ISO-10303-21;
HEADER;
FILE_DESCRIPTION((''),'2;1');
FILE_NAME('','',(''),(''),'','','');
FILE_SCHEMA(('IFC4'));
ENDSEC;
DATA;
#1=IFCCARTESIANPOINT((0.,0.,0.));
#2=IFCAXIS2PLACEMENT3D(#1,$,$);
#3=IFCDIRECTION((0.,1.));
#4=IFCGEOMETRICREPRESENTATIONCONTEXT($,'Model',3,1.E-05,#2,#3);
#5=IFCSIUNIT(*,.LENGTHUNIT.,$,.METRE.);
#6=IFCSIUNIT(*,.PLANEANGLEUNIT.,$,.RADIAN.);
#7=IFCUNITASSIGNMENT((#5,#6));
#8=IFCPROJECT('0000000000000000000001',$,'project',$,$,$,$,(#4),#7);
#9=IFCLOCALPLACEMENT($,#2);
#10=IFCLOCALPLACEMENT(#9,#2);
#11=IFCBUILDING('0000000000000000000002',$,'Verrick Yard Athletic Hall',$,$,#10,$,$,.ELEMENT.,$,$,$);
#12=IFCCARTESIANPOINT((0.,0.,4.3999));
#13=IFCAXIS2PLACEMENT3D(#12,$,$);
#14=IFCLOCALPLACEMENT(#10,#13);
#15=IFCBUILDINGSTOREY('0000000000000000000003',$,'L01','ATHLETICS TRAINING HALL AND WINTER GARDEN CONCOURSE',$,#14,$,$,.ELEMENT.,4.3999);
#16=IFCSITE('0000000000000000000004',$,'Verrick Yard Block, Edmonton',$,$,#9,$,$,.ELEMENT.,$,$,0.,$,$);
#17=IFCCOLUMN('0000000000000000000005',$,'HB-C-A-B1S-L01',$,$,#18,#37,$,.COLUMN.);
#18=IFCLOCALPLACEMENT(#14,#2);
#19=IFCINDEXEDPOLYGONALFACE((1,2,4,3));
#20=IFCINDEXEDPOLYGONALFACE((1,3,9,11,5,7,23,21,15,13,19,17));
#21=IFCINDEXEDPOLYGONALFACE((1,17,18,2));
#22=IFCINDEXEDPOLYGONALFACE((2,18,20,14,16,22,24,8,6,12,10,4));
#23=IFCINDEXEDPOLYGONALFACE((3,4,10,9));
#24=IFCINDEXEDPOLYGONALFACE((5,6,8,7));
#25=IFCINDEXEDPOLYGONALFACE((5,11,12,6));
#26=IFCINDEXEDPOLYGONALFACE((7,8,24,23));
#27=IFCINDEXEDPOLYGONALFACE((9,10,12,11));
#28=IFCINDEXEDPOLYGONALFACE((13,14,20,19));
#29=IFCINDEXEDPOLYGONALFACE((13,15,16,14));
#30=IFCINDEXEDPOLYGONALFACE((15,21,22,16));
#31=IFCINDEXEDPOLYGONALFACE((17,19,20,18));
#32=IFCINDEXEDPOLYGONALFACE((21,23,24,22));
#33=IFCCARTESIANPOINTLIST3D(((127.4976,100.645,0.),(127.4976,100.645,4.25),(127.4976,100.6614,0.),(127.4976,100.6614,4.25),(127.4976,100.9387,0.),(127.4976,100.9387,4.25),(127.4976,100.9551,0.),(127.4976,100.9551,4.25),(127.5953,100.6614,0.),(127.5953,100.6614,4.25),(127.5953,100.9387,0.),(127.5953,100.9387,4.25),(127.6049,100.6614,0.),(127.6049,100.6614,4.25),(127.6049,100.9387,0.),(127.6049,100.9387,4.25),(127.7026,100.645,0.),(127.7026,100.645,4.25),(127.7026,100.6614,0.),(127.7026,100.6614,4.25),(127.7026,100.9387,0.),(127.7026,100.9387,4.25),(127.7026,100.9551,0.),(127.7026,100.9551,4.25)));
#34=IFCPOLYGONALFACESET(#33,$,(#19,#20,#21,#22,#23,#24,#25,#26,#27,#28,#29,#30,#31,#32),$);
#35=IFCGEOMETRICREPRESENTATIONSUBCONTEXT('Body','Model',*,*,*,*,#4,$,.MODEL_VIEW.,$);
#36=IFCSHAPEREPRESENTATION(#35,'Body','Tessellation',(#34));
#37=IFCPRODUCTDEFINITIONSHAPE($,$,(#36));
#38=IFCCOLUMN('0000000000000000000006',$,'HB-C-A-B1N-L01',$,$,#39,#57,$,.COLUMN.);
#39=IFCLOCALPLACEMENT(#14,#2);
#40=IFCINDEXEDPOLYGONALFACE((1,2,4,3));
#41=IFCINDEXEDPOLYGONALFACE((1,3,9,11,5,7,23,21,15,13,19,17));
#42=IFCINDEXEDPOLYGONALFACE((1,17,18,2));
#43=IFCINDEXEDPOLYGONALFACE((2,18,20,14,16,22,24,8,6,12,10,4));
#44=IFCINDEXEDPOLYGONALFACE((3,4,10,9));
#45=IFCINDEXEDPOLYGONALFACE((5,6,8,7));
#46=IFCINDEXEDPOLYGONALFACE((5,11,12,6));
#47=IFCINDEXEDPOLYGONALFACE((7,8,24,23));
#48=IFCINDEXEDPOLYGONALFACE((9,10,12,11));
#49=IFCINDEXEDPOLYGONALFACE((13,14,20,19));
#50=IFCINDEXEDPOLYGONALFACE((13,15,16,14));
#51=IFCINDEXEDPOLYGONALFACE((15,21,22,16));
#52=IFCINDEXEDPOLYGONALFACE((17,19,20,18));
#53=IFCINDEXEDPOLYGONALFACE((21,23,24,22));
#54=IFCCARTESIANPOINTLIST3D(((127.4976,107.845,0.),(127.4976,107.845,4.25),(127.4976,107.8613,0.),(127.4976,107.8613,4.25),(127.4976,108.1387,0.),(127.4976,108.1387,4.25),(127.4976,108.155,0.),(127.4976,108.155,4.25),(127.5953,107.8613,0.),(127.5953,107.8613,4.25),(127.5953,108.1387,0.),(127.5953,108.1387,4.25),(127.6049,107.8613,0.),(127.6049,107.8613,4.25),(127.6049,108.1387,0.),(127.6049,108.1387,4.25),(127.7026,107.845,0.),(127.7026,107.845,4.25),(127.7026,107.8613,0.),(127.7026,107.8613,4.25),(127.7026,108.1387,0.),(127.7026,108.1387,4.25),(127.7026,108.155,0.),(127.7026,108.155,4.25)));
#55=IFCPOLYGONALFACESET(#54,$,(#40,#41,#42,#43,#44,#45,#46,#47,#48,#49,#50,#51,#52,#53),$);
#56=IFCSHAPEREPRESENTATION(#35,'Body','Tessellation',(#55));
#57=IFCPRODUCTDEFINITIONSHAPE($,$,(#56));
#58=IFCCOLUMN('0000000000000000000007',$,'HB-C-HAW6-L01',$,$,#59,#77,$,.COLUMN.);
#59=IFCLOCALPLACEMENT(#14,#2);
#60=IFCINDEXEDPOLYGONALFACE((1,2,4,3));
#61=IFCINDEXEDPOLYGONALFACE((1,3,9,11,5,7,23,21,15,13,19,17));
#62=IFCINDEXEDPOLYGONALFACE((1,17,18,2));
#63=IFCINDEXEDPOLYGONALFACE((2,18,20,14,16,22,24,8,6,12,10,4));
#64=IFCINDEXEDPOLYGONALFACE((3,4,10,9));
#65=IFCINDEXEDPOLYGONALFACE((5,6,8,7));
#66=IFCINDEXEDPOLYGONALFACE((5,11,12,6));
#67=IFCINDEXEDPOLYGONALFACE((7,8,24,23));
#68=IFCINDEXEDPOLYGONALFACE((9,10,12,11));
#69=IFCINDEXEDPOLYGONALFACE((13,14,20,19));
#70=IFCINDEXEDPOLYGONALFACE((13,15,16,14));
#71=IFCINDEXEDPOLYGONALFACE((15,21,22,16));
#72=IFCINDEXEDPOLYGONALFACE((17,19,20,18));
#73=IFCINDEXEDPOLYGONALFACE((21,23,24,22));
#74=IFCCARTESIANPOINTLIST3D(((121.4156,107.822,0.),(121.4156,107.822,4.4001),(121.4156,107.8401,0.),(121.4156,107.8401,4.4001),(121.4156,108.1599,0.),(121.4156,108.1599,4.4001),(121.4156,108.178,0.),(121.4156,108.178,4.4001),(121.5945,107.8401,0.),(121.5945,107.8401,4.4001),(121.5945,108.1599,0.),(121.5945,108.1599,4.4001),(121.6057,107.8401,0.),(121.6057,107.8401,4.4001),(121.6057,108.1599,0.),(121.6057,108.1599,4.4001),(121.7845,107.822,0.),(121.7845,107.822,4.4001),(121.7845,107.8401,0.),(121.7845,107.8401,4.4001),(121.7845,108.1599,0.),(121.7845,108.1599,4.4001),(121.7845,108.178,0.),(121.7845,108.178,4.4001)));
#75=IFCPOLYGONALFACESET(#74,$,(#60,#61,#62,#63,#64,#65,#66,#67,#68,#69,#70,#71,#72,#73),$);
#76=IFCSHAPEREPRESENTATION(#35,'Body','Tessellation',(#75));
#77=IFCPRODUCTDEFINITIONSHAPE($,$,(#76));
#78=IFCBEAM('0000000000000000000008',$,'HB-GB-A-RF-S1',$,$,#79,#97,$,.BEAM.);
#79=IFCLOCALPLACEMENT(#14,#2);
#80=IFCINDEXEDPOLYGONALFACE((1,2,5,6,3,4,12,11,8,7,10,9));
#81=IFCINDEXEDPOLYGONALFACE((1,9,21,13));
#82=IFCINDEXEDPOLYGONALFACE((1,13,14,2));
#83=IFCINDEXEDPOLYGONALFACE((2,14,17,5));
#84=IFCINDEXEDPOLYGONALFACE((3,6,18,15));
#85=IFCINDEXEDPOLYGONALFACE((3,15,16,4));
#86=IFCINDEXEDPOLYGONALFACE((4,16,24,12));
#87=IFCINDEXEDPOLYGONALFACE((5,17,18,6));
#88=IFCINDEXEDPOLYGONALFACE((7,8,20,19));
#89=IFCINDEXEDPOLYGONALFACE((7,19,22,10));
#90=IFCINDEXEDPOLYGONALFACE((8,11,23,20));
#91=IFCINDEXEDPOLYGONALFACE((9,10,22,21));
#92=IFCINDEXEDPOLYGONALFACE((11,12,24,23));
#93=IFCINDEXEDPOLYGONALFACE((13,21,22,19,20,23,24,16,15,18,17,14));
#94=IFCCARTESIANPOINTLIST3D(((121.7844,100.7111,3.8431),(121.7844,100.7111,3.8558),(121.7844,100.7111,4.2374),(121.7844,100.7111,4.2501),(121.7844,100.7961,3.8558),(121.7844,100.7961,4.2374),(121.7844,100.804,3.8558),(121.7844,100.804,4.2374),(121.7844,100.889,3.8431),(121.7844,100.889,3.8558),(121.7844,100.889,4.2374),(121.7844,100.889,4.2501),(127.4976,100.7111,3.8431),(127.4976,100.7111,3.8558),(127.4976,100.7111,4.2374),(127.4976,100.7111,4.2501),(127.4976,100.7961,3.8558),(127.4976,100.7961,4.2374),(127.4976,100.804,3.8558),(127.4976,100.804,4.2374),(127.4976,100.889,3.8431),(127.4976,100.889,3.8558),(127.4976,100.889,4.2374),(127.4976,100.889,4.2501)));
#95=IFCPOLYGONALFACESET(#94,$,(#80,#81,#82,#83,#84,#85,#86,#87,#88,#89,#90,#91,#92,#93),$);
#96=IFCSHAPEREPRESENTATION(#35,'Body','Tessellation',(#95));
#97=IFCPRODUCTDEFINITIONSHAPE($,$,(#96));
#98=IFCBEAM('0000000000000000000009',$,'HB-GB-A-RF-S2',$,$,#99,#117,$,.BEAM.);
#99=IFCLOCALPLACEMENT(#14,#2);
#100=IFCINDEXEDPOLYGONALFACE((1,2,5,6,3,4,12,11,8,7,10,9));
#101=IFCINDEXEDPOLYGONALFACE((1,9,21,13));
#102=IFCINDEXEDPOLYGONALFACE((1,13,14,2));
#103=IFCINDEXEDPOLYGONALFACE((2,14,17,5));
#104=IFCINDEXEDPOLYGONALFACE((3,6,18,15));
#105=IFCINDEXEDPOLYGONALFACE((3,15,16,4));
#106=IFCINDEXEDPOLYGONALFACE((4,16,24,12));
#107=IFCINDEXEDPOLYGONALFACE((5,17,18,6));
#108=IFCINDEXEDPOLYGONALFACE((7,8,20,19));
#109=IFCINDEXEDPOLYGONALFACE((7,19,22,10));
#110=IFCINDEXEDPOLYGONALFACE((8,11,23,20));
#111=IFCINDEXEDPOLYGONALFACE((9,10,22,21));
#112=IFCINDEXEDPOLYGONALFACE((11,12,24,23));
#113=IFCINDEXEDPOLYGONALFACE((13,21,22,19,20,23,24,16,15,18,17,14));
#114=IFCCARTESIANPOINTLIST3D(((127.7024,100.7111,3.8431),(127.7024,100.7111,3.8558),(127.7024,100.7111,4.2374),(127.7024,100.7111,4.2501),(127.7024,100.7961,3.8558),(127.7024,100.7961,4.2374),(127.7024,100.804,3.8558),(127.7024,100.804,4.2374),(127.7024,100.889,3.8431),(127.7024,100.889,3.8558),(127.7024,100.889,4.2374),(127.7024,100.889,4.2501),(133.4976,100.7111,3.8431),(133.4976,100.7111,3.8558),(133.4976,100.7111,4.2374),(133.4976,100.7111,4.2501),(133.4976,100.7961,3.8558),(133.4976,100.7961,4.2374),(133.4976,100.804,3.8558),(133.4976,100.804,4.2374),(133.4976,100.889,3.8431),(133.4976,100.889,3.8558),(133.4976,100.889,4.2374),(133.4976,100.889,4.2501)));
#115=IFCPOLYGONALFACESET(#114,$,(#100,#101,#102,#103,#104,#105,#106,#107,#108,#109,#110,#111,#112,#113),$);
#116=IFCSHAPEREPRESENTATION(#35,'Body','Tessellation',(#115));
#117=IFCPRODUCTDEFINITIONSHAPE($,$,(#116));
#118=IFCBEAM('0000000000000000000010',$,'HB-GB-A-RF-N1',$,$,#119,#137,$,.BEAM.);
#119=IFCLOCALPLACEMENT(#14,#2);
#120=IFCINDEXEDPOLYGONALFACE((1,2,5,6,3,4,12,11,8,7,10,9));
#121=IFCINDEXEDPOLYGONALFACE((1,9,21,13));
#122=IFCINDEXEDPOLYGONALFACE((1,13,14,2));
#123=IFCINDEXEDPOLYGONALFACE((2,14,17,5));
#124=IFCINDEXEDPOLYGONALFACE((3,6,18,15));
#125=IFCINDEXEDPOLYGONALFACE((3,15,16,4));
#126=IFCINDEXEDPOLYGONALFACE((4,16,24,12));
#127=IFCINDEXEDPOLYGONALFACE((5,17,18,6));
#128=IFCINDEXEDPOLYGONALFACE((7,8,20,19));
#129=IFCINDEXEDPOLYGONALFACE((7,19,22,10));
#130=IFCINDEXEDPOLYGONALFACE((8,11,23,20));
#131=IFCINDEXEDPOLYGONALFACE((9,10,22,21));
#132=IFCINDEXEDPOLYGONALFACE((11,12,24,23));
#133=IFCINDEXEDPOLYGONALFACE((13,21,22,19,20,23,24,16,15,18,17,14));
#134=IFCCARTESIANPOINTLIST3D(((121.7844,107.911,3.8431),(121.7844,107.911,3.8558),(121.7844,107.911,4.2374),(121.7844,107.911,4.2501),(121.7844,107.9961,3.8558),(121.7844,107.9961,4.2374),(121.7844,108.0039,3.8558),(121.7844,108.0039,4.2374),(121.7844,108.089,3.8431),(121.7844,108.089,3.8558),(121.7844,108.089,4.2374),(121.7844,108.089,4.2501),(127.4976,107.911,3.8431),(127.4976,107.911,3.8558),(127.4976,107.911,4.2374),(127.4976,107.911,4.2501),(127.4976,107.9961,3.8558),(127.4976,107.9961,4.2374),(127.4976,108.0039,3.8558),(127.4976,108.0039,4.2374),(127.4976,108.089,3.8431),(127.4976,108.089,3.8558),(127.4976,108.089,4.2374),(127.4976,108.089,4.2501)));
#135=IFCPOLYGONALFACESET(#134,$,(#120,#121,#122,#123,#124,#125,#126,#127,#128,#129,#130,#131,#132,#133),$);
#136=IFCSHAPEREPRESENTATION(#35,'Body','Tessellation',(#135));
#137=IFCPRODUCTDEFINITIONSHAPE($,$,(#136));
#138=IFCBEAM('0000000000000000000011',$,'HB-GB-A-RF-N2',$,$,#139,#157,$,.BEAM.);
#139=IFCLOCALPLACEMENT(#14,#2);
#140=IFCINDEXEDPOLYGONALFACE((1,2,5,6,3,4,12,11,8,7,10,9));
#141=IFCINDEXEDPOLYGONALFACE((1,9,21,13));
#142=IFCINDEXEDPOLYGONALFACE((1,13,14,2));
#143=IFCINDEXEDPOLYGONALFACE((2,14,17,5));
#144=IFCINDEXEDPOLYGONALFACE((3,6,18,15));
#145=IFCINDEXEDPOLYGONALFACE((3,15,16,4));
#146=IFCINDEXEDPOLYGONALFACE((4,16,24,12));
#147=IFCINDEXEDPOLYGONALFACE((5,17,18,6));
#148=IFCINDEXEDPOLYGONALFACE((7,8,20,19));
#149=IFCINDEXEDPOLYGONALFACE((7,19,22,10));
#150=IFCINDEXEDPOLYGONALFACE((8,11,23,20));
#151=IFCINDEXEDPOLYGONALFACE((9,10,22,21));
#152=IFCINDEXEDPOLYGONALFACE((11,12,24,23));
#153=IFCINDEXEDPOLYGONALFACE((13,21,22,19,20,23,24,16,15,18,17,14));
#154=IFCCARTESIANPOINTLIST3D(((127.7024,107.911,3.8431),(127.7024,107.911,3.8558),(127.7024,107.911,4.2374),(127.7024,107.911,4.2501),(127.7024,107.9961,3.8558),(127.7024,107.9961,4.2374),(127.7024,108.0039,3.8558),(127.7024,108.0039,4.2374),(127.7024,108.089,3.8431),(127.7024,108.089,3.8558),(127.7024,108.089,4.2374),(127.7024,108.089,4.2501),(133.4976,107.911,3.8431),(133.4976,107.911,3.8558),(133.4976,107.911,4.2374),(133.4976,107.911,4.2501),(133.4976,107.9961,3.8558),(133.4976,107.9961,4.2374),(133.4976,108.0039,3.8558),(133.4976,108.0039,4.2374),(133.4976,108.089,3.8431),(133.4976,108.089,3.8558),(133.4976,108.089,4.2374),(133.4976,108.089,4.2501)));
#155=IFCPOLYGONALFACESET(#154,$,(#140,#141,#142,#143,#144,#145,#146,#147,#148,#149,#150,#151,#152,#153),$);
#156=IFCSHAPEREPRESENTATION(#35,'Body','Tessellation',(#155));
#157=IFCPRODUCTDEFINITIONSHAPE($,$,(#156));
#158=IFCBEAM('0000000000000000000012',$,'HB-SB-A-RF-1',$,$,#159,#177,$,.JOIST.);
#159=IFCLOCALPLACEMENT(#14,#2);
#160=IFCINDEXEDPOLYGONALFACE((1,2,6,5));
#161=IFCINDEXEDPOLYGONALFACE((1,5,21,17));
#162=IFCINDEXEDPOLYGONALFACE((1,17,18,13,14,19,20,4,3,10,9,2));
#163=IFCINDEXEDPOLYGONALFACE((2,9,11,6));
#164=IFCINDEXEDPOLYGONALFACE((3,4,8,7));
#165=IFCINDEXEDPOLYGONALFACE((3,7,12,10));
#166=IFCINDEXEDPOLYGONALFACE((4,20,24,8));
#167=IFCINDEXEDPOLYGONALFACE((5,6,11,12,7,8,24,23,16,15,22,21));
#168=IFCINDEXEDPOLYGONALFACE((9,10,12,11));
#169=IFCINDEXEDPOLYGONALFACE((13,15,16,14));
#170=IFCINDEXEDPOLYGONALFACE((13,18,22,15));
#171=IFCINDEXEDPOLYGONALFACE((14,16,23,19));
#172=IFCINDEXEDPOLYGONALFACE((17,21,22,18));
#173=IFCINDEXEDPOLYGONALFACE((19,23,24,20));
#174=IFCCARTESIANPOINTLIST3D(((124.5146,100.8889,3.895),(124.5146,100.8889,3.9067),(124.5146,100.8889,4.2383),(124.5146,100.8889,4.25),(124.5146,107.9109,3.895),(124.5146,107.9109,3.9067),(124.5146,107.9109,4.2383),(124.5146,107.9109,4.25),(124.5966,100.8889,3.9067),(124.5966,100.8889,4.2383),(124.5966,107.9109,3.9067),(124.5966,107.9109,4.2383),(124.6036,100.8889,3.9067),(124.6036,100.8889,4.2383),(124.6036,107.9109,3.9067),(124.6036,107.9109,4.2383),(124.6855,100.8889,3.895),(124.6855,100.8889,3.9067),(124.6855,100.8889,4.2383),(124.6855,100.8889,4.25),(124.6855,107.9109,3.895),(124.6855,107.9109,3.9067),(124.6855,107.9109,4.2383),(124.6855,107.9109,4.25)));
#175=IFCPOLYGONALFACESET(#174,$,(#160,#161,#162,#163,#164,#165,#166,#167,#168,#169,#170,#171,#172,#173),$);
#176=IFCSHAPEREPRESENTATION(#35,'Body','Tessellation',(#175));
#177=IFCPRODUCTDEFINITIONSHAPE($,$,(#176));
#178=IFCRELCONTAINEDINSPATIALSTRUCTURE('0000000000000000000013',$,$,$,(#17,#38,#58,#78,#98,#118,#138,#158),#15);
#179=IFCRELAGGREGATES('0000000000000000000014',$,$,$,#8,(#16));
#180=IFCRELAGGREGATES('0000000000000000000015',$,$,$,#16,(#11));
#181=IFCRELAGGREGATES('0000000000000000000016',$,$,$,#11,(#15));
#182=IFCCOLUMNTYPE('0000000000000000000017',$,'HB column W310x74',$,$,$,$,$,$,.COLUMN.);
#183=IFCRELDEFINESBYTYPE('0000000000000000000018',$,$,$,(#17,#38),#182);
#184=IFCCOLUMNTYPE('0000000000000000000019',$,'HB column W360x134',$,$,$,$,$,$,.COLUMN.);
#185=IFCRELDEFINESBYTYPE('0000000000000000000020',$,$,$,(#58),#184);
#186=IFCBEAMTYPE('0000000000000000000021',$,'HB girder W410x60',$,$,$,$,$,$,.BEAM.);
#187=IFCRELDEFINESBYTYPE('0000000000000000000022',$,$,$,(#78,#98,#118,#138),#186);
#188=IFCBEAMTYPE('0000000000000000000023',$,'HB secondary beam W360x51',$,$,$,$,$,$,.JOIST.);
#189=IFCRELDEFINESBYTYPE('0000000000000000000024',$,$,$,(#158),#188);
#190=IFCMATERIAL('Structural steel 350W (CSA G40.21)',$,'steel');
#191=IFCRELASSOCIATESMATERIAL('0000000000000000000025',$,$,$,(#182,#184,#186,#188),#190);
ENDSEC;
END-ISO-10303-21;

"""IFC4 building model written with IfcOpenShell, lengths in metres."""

from ifc_helpers import new_model, si_unit, direction, frame, origin, origin_2d, place, context, subcontext, project, spatial, i_section, extrude, material, material_profile, profile_set, type_object, element, save


model = new_model("IFC4")

# Units and contexts
model_context = context("Model", 3, precision=1e-05, world=origin(), true_north=direction((0.0, 1.0)))
body_context = subcontext(model_context, "Body", "Model", "MODEL_VIEW")
ifc_project = project(units=[si_unit("LENGTHUNIT", "METRE"), si_unit("PLANEANGLEUNIT", "RADIAN")], contexts=[model_context])

# Site, building, storey
site_placement = place(None, origin())
site = spatial("IfcSite", under=ifc_project, at=site_placement, Name="Verrick Yard Block, Edmonton", CompositionType="ELEMENT", RefElevation=0.0)
building_placement = place(site_placement, origin())
building = spatial("IfcBuilding", under=site, at=building_placement, Name="Verrick Yard Athletic Hall", CompositionType="ELEMENT")
storey_placement = place(building_placement, frame((0.0, 0.0, 4.3999)))
storey = spatial("IfcBuildingStorey", under=building, at=storey_placement, Name="L01", Description="ATHLETICS TRAINING HALL AND WINTER GARDEN CONCOURSE", CompositionType="ELEMENT", Elevation=4.3999)

# Columns
ifc_material_1 = material(Name="Structural steel 350W (CSA G40.21)", Category="steel")
ifc_material_profile_1 = material_profile(ifc_material_1, i_section(OverallWidth=0.2051, OverallDepth=0.3101, WebThickness=0.0095, FlangeThickness=0.0164, at=origin_2d()), Name="W310x74")
ifc_profile_set_1 = profile_set([ifc_material_profile_1], Name="Structural steel 350W (CSA G40.21)")
column_type_1 = type_object("IfcColumnType", Name="HB column W310x74", PredefinedType="COLUMN", material=ifc_profile_set_1)
for number, where, z_axis, x_axis, name in (
    (1, (127.6001, 100.8, 0.0), (0.0, 0.0, 1.0), (1.0, 0.0, 0.0), "HB-C-A-B1S-L01"),
    (2, (127.6001, 108.0, 0.0), (0.0, 0.0, 1.0), (1.0, 0.0, 0.0), "HB-C-A-B1N-L01"),
):
    element("IfcColumn", number, at=place(storey_placement, frame(where, z_axis=z_axis, x_axis=x_axis)), inside=storey, type_object=column_type_1, Name=name, PredefinedType="COLUMN", context=body_context, shape_type="SweptSolid", body=[
        extrude(i_section(OverallWidth=0.2051, OverallDepth=0.3101, WebThickness=0.0095, FlangeThickness=0.0164, at=origin_2d()), origin(), (0.0, 0.0, 1.0), 4.25),
    ])
ifc_material_profile_2 = material_profile(ifc_material_1, i_section(OverallWidth=0.3689, OverallDepth=0.356, WebThickness=0.0112, FlangeThickness=0.0181, at=origin_2d()), Name="W360x134")
ifc_profile_set_2 = profile_set([ifc_material_profile_2], Name="Structural steel 350W (CSA G40.21)")
column_type_2 = type_object("IfcColumnType", Name="HB column W360x134", PredefinedType="COLUMN", material=ifc_profile_set_2)
column_placement = place(storey_placement, frame((121.6001, 108.0, 0.0), z_axis=(0.0, 0.0, 1.0), x_axis=(1.0, 0.0, 0.0)))
element("IfcColumn", 3, at=column_placement, inside=storey, type_object=column_type_2, Name="HB-C-HAW6-L01", PredefinedType="COLUMN", context=body_context, shape_type="SweptSolid", body=[
    extrude(i_section(OverallWidth=0.3689, OverallDepth=0.356, WebThickness=0.0112, FlangeThickness=0.0181, at=origin_2d()), origin(), (0.0, 0.0, 1.0), 4.4001),
])

# Beams
ifc_material_profile_3 = material_profile(ifc_material_1, i_section(OverallWidth=0.178, OverallDepth=0.407, WebThickness=0.0078, FlangeThickness=0.0127, at=origin_2d()), Name="W410x60")
ifc_profile_set_3 = profile_set([ifc_material_profile_3], Name="Structural steel 350W (CSA G40.21)")
beam_type_1 = type_object("IfcBeamType", Name="HB girder W410x60", PredefinedType="BEAM", material=ifc_profile_set_3)
beam_1_placement = place(storey_placement, frame((121.7844, 100.8, 4.0466), z_axis=(1.0, 0.0, 0.0), x_axis=(0.0, 1.0, 0.0)))
element("IfcBeam", 4, at=beam_1_placement, inside=storey, type_object=beam_type_1, Name="HB-GB-A-RF-S1", PredefinedType="BEAM", context=body_context, shape_type="SweptSolid", body=[
    extrude(i_section(OverallWidth=0.178, OverallDepth=0.407, WebThickness=0.0078, FlangeThickness=0.0127, at=origin_2d()), origin(), (0.0, 0.0, 1.0), 5.7131),
])
beam_2_placement = place(storey_placement, frame((127.7024, 100.8, 4.0466), z_axis=(1.0, 0.0, 0.0), x_axis=(0.0, 1.0, 0.0)))
element("IfcBeam", 5, at=beam_2_placement, inside=storey, type_object=beam_type_1, Name="HB-GB-A-RF-S2", PredefinedType="BEAM", context=body_context, shape_type="SweptSolid", body=[
    extrude(i_section(OverallWidth=0.178, OverallDepth=0.407, WebThickness=0.0078, FlangeThickness=0.0127, at=origin_2d()), origin(), (0.0, 0.0, 1.0), 5.7952),
])
beam_3_placement = place(storey_placement, frame((121.7844, 108.0, 4.0466), z_axis=(1.0, 0.0, 0.0), x_axis=(0.0, 1.0, 0.0)))
element("IfcBeam", 6, at=beam_3_placement, inside=storey, type_object=beam_type_1, Name="HB-GB-A-RF-N1", PredefinedType="BEAM", context=body_context, shape_type="SweptSolid", body=[
    extrude(i_section(OverallWidth=0.178, OverallDepth=0.407, WebThickness=0.0078, FlangeThickness=0.0127, at=origin_2d()), origin(), (0.0, 0.0, 1.0), 5.7131),
])
beam_4_placement = place(storey_placement, frame((127.7024, 108.0, 4.0466), z_axis=(1.0, 0.0, 0.0), x_axis=(0.0, 1.0, 0.0)))
element("IfcBeam", 7, at=beam_4_placement, inside=storey, type_object=beam_type_1, Name="HB-GB-A-RF-N2", PredefinedType="BEAM", context=body_context, shape_type="SweptSolid", body=[
    extrude(i_section(OverallWidth=0.178, OverallDepth=0.407, WebThickness=0.0078, FlangeThickness=0.0127, at=origin_2d()), origin(), (0.0, 0.0, 1.0), 5.7952),
])
ifc_material_profile_4 = material_profile(ifc_material_1, i_section(OverallWidth=0.1709, OverallDepth=0.355, WebThickness=0.0071, FlangeThickness=0.0117, at=origin_2d()), Name="W360x51")
ifc_profile_set_4 = profile_set([ifc_material_profile_4], Name="Structural steel 350W (CSA G40.21)")
beam_type_2 = type_object("IfcBeamType", Name="HB secondary beam W360x51", PredefinedType="JOIST", material=ifc_profile_set_4)
for number, where, z_axis, x_axis, name in (
    (8, (124.6001, 100.8889, 4.0725), (0.0, 1.0, 0.0), (-1.0, 0.0, 0.0), "HB-SB-A-RF-1"),
):
    element("IfcBeam", number, at=place(storey_placement, frame(where, z_axis=z_axis, x_axis=x_axis)), inside=storey, type_object=beam_type_2, Name=name, PredefinedType="JOIST", context=body_context, shape_type="SweptSolid", body=[
        extrude(i_section(OverallWidth=0.1709, OverallDepth=0.355, WebThickness=0.0071, FlangeThickness=0.0117, at=origin_2d()), origin(), (0.0, 0.0, 1.0), 7.022),
    ])

save(model, "model.ifc")
